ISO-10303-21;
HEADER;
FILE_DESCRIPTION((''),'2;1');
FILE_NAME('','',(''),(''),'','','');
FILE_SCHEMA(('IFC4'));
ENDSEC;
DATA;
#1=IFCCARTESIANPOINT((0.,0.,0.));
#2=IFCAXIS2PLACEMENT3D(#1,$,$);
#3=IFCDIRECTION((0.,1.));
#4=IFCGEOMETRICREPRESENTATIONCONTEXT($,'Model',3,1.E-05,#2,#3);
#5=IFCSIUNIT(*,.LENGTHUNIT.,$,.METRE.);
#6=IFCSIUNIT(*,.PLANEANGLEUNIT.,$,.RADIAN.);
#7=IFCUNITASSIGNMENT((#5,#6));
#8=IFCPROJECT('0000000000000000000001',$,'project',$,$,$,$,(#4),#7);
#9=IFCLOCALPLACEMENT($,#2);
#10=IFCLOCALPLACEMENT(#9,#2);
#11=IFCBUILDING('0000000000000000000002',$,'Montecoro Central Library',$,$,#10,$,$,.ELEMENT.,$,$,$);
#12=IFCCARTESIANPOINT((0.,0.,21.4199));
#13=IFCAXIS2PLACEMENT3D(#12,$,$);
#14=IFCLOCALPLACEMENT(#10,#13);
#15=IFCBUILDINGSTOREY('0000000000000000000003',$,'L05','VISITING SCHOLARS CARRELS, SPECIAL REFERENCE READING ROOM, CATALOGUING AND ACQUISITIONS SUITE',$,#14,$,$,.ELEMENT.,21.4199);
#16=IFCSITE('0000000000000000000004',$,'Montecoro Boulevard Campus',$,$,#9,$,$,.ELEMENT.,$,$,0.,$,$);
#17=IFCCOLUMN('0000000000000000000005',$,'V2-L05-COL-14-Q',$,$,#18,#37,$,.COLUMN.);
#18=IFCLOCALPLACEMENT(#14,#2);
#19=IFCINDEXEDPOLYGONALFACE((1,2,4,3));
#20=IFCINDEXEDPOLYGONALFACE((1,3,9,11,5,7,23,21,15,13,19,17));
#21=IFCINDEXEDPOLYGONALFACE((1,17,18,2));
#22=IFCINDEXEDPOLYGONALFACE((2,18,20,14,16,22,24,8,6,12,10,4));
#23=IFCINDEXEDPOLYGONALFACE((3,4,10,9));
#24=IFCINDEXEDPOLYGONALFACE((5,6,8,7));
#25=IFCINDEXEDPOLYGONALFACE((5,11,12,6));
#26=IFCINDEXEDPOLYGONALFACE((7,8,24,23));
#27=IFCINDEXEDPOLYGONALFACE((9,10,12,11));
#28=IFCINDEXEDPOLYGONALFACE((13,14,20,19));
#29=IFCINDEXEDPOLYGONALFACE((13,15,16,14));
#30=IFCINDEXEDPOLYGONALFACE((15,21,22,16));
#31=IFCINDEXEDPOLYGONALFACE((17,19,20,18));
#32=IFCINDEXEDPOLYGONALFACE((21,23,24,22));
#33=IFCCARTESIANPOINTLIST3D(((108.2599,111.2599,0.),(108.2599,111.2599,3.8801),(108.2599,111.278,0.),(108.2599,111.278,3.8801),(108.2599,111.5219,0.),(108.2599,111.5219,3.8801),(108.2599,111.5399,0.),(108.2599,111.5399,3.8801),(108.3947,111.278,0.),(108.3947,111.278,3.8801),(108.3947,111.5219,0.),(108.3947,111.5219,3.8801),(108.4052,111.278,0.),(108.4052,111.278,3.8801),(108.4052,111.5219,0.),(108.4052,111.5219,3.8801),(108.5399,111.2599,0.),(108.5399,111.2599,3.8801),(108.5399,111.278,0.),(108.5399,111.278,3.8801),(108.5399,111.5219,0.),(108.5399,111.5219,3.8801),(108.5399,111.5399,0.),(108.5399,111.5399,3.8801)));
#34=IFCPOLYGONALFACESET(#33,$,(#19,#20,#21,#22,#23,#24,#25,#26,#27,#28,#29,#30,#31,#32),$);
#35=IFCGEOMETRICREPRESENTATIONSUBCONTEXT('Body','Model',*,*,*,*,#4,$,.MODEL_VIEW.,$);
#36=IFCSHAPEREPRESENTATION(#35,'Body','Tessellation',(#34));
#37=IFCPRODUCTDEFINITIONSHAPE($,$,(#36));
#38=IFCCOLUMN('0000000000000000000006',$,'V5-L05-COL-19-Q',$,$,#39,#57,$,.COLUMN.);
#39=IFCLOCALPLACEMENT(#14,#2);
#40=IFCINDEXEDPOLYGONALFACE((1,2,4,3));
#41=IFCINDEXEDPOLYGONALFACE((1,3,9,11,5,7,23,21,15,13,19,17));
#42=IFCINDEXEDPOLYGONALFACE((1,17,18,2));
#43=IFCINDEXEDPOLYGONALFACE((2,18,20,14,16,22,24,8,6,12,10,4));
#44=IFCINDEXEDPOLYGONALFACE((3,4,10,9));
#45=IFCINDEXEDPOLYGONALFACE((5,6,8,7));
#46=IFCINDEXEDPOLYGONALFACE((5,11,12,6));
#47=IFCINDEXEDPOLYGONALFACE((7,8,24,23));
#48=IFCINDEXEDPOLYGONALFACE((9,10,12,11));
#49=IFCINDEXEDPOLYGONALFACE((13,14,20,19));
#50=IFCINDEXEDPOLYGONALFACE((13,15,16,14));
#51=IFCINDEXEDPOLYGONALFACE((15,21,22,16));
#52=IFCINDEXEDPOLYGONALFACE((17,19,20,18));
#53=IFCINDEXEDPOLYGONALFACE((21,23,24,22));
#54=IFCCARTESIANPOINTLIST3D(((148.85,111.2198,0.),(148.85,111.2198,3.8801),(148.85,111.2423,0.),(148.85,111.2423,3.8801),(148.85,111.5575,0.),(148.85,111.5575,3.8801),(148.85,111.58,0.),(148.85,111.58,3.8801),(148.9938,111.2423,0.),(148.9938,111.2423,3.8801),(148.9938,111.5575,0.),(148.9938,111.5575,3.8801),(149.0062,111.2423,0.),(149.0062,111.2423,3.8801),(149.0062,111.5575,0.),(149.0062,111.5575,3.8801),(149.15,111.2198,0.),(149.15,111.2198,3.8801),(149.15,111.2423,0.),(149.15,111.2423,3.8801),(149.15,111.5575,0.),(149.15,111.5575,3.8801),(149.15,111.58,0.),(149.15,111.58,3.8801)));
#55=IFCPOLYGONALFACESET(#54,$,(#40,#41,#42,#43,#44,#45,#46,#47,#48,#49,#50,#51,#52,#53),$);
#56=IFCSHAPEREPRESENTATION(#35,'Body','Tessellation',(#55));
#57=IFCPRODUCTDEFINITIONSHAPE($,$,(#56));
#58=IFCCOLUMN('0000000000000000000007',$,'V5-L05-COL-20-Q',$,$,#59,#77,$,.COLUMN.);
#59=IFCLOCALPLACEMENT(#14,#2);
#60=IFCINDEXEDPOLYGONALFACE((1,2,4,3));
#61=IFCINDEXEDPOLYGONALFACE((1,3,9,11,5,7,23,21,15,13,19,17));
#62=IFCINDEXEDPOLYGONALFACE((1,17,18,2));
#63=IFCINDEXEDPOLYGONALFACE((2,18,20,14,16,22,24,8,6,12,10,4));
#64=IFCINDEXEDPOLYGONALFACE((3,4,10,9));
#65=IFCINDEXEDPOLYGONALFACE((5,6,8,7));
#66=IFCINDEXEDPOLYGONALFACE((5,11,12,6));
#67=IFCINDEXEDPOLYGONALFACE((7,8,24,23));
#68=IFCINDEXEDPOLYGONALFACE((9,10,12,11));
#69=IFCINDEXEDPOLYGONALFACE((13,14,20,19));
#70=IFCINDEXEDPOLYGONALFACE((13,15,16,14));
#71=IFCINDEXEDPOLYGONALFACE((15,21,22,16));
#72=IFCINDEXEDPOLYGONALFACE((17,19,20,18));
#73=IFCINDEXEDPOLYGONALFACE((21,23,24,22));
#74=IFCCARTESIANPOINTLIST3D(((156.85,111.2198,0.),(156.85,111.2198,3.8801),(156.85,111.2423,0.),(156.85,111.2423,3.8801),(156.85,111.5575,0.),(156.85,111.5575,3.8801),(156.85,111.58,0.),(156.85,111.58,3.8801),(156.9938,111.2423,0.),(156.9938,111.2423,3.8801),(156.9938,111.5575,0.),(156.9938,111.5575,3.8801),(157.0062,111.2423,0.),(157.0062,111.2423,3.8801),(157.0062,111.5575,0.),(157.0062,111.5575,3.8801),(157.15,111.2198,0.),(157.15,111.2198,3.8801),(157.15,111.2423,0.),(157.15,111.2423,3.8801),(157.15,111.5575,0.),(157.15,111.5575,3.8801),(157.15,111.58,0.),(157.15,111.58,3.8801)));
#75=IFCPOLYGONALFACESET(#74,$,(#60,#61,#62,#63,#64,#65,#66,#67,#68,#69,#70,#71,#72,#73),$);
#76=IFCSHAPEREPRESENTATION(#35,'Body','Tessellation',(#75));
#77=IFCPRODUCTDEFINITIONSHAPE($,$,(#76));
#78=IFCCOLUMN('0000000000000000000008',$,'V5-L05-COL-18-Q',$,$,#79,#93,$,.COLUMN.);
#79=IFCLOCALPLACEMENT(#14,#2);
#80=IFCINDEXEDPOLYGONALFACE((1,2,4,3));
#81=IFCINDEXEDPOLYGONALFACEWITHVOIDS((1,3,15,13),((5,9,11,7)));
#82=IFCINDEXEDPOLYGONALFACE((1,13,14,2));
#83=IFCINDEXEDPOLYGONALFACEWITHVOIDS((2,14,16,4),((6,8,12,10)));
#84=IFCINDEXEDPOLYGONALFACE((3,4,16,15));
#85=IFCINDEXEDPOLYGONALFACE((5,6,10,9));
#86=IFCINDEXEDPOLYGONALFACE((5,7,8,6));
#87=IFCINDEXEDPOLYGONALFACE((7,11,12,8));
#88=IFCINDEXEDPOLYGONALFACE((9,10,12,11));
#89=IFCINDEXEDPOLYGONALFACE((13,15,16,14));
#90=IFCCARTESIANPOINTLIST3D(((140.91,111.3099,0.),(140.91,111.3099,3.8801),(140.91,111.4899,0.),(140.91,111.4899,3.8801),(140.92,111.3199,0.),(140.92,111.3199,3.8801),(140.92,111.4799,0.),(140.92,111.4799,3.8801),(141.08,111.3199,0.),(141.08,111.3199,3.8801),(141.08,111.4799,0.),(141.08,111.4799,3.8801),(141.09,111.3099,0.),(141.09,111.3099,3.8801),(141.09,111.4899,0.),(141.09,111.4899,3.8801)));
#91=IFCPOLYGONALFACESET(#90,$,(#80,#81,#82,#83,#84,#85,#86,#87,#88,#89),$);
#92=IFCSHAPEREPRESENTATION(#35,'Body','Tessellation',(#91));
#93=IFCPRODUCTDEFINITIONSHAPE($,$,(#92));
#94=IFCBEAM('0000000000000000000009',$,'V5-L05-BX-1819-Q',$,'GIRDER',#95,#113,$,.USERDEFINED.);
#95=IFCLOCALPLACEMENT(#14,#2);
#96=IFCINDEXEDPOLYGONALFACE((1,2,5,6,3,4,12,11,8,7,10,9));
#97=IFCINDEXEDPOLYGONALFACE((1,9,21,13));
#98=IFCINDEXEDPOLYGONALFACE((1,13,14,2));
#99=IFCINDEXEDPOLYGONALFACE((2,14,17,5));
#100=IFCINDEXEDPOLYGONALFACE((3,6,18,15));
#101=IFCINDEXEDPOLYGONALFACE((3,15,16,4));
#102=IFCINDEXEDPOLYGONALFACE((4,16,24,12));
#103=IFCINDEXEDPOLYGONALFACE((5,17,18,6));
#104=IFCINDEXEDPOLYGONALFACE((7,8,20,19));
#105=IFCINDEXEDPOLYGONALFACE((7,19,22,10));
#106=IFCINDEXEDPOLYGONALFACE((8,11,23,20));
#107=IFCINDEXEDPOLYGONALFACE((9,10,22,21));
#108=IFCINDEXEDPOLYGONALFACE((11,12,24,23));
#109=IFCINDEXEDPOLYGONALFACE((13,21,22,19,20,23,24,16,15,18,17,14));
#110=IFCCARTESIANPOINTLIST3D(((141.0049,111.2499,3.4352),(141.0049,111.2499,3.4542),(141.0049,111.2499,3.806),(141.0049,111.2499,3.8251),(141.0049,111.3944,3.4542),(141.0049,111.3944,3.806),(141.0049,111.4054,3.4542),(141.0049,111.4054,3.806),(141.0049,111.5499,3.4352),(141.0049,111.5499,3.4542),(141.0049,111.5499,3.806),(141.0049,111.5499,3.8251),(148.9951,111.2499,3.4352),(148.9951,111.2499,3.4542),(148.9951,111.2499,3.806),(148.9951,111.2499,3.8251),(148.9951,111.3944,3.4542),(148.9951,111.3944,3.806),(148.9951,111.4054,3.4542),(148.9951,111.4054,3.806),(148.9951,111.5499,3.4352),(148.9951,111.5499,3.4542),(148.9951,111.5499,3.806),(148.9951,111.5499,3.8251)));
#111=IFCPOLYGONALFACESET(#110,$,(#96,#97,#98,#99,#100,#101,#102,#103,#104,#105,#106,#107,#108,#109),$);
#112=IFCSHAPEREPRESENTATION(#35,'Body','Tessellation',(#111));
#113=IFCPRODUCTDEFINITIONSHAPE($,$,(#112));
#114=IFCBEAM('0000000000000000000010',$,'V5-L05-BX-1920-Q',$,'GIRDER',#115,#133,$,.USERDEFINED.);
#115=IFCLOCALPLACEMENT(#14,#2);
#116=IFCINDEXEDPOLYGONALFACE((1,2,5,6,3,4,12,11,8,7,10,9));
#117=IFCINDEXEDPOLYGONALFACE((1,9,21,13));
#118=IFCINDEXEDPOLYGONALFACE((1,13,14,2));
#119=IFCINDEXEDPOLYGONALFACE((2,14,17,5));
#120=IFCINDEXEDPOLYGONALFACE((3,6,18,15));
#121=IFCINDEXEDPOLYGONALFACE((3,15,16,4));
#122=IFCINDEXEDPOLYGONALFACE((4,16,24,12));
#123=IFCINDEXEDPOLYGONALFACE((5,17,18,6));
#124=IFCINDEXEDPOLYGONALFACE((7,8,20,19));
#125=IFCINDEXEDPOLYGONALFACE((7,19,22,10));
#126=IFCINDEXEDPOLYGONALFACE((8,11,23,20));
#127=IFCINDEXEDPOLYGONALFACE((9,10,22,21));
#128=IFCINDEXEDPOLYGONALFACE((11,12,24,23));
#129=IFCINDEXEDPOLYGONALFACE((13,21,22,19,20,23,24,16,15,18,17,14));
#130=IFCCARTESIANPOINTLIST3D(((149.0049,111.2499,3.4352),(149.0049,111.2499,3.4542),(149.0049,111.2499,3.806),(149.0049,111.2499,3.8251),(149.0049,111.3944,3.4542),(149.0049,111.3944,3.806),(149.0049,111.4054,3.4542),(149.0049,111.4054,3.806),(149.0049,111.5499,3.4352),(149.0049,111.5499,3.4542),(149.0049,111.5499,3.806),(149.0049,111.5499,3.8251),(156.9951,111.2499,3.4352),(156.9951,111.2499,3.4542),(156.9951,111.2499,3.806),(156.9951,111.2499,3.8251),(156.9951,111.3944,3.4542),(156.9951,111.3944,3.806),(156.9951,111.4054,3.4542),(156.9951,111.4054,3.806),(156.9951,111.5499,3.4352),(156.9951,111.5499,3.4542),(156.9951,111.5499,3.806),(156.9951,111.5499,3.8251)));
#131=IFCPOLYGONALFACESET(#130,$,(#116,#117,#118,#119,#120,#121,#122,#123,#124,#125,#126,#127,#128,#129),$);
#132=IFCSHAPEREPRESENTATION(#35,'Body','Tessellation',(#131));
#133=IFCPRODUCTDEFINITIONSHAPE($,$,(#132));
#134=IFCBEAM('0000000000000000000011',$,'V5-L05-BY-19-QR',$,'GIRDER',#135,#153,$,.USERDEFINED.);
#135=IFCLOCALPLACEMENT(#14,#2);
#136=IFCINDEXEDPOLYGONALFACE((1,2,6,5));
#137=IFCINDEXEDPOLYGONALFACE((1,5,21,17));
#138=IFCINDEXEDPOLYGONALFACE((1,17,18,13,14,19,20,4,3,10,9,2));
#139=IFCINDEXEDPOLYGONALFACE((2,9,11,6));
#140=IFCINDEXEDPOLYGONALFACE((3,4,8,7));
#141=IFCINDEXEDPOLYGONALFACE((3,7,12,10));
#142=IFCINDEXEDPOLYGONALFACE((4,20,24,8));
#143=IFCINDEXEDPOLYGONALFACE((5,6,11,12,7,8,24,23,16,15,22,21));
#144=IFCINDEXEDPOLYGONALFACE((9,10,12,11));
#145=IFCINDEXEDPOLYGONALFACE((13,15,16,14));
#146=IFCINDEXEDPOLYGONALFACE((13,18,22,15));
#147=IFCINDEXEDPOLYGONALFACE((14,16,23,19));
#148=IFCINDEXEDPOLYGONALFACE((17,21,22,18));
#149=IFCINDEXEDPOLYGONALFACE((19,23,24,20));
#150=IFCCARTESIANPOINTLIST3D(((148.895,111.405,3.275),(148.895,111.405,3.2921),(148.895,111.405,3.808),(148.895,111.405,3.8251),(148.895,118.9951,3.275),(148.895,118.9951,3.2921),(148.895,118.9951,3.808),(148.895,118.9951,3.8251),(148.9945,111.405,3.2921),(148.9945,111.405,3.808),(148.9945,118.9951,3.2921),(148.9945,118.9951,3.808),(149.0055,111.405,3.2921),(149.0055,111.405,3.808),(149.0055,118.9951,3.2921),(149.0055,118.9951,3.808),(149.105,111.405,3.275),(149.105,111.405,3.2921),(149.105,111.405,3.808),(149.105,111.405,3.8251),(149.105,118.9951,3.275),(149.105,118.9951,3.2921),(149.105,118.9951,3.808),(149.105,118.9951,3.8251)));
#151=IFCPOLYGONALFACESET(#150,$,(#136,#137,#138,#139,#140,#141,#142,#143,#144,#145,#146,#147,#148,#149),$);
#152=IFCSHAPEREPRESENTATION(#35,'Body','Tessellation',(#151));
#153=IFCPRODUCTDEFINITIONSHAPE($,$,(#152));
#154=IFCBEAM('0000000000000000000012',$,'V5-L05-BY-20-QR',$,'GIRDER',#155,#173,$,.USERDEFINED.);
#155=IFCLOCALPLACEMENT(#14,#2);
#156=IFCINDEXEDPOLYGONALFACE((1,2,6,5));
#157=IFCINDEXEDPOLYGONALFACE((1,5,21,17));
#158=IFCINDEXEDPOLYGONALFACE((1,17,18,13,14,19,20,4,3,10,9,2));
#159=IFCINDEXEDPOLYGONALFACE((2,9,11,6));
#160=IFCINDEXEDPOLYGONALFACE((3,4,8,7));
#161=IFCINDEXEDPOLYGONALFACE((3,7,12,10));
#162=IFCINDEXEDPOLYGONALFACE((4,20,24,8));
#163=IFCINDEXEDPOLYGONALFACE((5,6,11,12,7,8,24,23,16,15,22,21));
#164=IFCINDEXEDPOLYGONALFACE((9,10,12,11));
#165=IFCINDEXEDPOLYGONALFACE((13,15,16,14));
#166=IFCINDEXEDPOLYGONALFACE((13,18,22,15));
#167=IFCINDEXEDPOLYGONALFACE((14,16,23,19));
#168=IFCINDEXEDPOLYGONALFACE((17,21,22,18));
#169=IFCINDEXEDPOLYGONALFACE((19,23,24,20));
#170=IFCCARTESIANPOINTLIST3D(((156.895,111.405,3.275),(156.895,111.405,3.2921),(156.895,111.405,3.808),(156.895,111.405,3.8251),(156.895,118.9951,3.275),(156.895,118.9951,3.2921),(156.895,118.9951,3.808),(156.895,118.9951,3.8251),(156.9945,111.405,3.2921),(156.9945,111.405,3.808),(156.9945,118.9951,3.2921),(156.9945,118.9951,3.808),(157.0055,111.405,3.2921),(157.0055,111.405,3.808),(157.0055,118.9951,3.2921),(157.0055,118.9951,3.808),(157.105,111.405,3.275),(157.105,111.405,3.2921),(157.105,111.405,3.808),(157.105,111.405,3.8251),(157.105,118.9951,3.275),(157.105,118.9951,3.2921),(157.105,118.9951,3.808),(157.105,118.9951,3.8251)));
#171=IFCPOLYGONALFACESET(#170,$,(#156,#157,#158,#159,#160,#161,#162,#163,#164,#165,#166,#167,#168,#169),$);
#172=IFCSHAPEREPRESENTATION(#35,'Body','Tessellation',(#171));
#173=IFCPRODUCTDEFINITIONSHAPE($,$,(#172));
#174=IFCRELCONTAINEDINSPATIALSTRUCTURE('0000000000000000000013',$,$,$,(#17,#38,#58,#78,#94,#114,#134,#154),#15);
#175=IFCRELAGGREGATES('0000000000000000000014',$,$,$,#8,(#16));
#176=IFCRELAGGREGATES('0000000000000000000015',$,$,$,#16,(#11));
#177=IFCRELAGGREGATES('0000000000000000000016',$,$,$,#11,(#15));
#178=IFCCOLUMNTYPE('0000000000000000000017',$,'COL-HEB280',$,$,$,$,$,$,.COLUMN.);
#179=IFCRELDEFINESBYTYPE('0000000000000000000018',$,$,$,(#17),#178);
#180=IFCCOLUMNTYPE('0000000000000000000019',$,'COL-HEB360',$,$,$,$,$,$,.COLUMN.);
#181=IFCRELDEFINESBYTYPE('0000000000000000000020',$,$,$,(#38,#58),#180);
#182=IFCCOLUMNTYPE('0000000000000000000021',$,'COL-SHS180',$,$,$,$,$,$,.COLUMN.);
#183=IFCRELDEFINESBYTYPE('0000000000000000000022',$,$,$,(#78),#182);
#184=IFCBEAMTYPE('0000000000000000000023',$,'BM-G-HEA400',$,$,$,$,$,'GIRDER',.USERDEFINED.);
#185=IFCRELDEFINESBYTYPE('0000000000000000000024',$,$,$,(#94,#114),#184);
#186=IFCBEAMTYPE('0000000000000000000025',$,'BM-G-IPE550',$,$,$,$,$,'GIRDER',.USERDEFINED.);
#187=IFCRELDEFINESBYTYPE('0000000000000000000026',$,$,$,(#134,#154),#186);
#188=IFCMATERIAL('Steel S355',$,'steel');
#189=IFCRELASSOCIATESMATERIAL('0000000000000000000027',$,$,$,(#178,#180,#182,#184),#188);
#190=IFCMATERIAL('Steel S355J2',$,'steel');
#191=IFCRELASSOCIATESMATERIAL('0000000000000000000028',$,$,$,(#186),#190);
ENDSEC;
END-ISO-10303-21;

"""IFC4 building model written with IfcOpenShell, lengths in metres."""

from ifc_helpers import new_model, si_unit, direction, frame, origin, origin_2d, place, context, subcontext, project, spatial, hollow_rectangle, i_section, extrude, material, material_profile, profile_set, type_object, element, save


model = new_model("IFC4")

# Units and contexts
model_context = context("Model", 3, precision=1e-05, world=origin(), true_north=direction((0.0, 1.0)))
body_context = subcontext(model_context, "Body", "Model", "MODEL_VIEW")
ifc_project = project(units=[si_unit("LENGTHUNIT", "METRE"), si_unit("PLANEANGLEUNIT", "RADIAN")], contexts=[model_context])

# Site, building, storey
site_placement = place(None, origin())
site = spatial("IfcSite", under=ifc_project, at=site_placement, Name="Montecoro Boulevard Campus", CompositionType="ELEMENT", RefElevation=0.0)
building_placement = place(site_placement, origin())
building = spatial("IfcBuilding", under=site, at=building_placement, Name="Montecoro Central Library", CompositionType="ELEMENT")
storey_placement = place(building_placement, frame((0.0, 0.0, 21.4199)))
storey = spatial("IfcBuildingStorey", under=building, at=storey_placement, Name="L05", Description="VISITING SCHOLARS CARRELS, SPECIAL REFERENCE READING ROOM, CATALOGUING AND ACQUISITIONS SUITE", CompositionType="ELEMENT", Elevation=21.4199)

# Columns
ifc_material_1 = material(Name="Steel S355", Category="steel")
ifc_material_profile_1 = material_profile(ifc_material_1, i_section(OverallWidth=0.28, OverallDepth=0.28, WebThickness=0.0105, FlangeThickness=0.0181, at=origin_2d()), Name="HEB 280")
ifc_profile_set_1 = profile_set([ifc_material_profile_1], Name="Steel S355")
column_type_1 = type_object("IfcColumnType", Name="COL-HEB280", PredefinedType="COLUMN", material=ifc_profile_set_1)
column_1_placement = place(storey_placement, frame((108.3999, 111.3999, 0.0), z_axis=(0.0, 0.0, 1.0), x_axis=(1.0, 0.0, 0.0)))
element("IfcColumn", 1, at=column_1_placement, inside=storey, type_object=column_type_1, Name="V2-L05-COL-14-Q", PredefinedType="COLUMN", context=body_context, shape_type="SweptSolid", body=[
    extrude(i_section(OverallWidth=0.28, OverallDepth=0.28, WebThickness=0.0105, FlangeThickness=0.0181, at=origin_2d()), origin(), (0.0, 0.0, 1.0), 3.8801),
])
ifc_material_profile_2 = material_profile(ifc_material_1, i_section(OverallWidth=0.3, OverallDepth=0.3601, WebThickness=0.0125, FlangeThickness=0.0225, at=origin_2d()), Name="HEB 360")
ifc_profile_set_2 = profile_set([ifc_material_profile_2], Name="Steel S355")
column_type_2 = type_object("IfcColumnType", Name="COL-HEB360", PredefinedType="COLUMN", material=ifc_profile_set_2)
for number, where, z_axis, x_axis, name in (
    (2, (149.0, 111.3999, 0.0), (0.0, 0.0, 1.0), (1.0, 0.0, 0.0), "V5-L05-COL-19-Q"),
    (3, (157.0, 111.3999, 0.0), (0.0, 0.0, 1.0), (1.0, 0.0, 0.0), "V5-L05-COL-20-Q"),
):
    element("IfcColumn", number, at=place(storey_placement, frame(where, z_axis=z_axis, x_axis=x_axis)), inside=storey, type_object=column_type_2, Name=name, PredefinedType="COLUMN", context=body_context, shape_type="SweptSolid", body=[
        extrude(i_section(OverallWidth=0.3, OverallDepth=0.3601, WebThickness=0.0125, FlangeThickness=0.0225, at=origin_2d()), origin(), (0.0, 0.0, 1.0), 3.8801),
    ])
ifc_material_profile_3 = material_profile(ifc_material_1, hollow_rectangle(XDim=0.1799, YDim=0.1799, WallThickness=0.01, at=origin_2d()), Name="SHS 180x180x10.0")
ifc_profile_set_3 = profile_set([ifc_material_profile_3], Name="Steel S355")
column_type_3 = type_object("IfcColumnType", Name="COL-SHS180", PredefinedType="COLUMN", material=ifc_profile_set_3)
column_2_placement = place(storey_placement, frame((141.0, 111.3999, 0.0), z_axis=(0.0, 0.0, 1.0), x_axis=(1.0, 0.0, 0.0)))
element("IfcColumn", 4, at=column_2_placement, inside=storey, type_object=column_type_3, Name="V5-L05-COL-18-Q", PredefinedType="COLUMN", context=body_context, shape_type="SweptSolid", body=[
    extrude(hollow_rectangle(XDim=0.1799, YDim=0.1799, WallThickness=0.01, at=origin_2d()), origin(), (0.0, 0.0, 1.0), 3.8801),
])

# Beams
ifc_material_profile_4 = material_profile(ifc_material_1, i_section(OverallWidth=0.3, OverallDepth=0.3899, WebThickness=0.011, FlangeThickness=0.019, at=origin_2d()), Name="HEA 400")
ifc_profile_set_4 = profile_set([ifc_material_profile_4], Name="Steel S355")
beam_type_1 = type_object("IfcBeamType", Name="BM-G-HEA400", ElementType="GIRDER", PredefinedType="USERDEFINED", material=ifc_profile_set_4)
for number, where, z_axis, x_axis, name in (
    (5, (141.0049, 111.3999, 3.6301), (1.0, 0.0, 0.0), (0.0, 1.0, 0.0), "V5-L05-BX-1819-Q"),
    (6, (149.0049, 111.3999, 3.6301), (1.0, 0.0, 0.0), (0.0, 1.0, 0.0), "V5-L05-BX-1920-Q"),
):
    element("IfcBeam", number, at=place(storey_placement, frame(where, z_axis=z_axis, x_axis=x_axis)), inside=storey, type_object=beam_type_1, Name=name, ObjectType="GIRDER", PredefinedType="USERDEFINED", context=body_context, shape_type="SweptSolid", body=[
        extrude(i_section(OverallWidth=0.3, OverallDepth=0.3899, WebThickness=0.011, FlangeThickness=0.019, at=origin_2d()), origin(), (0.0, 0.0, 1.0), 7.9902),
    ])
ifc_material_2 = material(Name="Steel S355J2", Category="steel")
ifc_material_profile_5 = material_profile(ifc_material_2, i_section(OverallWidth=0.21, OverallDepth=0.55, WebThickness=0.011, FlangeThickness=0.0171, at=origin_2d()), Name="IPE 550")
ifc_profile_set_5 = profile_set([ifc_material_profile_5], Name="Steel S355J2")
beam_type_2 = type_object("IfcBeamType", Name="BM-G-IPE550", ElementType="GIRDER", PredefinedType="USERDEFINED", material=ifc_profile_set_5)
for number, where, z_axis, x_axis, name in (
    (7, (149.0, 111.405, 3.55), (0.0, 1.0, 0.0), (-1.0, 0.0, 0.0), "V5-L05-BY-19-QR"),
    (8, (157.0, 111.405, 3.55), (0.0, 1.0, 0.0), (-1.0, 0.0, 0.0), "V5-L05-BY-20-QR"),
):
    element("IfcBeam", number, at=place(storey_placement, frame(where, z_axis=z_axis, x_axis=x_axis)), inside=storey, type_object=beam_type_2, Name=name, ObjectType="GIRDER", PredefinedType="USERDEFINED", context=body_context, shape_type="SweptSolid", body=[
        extrude(i_section(OverallWidth=0.21, OverallDepth=0.55, WebThickness=0.011, FlangeThickness=0.0171, at=origin_2d()), origin(), (0.0, 0.0, 1.0), 7.5901),
    ])

save(model, "model.ifc")
